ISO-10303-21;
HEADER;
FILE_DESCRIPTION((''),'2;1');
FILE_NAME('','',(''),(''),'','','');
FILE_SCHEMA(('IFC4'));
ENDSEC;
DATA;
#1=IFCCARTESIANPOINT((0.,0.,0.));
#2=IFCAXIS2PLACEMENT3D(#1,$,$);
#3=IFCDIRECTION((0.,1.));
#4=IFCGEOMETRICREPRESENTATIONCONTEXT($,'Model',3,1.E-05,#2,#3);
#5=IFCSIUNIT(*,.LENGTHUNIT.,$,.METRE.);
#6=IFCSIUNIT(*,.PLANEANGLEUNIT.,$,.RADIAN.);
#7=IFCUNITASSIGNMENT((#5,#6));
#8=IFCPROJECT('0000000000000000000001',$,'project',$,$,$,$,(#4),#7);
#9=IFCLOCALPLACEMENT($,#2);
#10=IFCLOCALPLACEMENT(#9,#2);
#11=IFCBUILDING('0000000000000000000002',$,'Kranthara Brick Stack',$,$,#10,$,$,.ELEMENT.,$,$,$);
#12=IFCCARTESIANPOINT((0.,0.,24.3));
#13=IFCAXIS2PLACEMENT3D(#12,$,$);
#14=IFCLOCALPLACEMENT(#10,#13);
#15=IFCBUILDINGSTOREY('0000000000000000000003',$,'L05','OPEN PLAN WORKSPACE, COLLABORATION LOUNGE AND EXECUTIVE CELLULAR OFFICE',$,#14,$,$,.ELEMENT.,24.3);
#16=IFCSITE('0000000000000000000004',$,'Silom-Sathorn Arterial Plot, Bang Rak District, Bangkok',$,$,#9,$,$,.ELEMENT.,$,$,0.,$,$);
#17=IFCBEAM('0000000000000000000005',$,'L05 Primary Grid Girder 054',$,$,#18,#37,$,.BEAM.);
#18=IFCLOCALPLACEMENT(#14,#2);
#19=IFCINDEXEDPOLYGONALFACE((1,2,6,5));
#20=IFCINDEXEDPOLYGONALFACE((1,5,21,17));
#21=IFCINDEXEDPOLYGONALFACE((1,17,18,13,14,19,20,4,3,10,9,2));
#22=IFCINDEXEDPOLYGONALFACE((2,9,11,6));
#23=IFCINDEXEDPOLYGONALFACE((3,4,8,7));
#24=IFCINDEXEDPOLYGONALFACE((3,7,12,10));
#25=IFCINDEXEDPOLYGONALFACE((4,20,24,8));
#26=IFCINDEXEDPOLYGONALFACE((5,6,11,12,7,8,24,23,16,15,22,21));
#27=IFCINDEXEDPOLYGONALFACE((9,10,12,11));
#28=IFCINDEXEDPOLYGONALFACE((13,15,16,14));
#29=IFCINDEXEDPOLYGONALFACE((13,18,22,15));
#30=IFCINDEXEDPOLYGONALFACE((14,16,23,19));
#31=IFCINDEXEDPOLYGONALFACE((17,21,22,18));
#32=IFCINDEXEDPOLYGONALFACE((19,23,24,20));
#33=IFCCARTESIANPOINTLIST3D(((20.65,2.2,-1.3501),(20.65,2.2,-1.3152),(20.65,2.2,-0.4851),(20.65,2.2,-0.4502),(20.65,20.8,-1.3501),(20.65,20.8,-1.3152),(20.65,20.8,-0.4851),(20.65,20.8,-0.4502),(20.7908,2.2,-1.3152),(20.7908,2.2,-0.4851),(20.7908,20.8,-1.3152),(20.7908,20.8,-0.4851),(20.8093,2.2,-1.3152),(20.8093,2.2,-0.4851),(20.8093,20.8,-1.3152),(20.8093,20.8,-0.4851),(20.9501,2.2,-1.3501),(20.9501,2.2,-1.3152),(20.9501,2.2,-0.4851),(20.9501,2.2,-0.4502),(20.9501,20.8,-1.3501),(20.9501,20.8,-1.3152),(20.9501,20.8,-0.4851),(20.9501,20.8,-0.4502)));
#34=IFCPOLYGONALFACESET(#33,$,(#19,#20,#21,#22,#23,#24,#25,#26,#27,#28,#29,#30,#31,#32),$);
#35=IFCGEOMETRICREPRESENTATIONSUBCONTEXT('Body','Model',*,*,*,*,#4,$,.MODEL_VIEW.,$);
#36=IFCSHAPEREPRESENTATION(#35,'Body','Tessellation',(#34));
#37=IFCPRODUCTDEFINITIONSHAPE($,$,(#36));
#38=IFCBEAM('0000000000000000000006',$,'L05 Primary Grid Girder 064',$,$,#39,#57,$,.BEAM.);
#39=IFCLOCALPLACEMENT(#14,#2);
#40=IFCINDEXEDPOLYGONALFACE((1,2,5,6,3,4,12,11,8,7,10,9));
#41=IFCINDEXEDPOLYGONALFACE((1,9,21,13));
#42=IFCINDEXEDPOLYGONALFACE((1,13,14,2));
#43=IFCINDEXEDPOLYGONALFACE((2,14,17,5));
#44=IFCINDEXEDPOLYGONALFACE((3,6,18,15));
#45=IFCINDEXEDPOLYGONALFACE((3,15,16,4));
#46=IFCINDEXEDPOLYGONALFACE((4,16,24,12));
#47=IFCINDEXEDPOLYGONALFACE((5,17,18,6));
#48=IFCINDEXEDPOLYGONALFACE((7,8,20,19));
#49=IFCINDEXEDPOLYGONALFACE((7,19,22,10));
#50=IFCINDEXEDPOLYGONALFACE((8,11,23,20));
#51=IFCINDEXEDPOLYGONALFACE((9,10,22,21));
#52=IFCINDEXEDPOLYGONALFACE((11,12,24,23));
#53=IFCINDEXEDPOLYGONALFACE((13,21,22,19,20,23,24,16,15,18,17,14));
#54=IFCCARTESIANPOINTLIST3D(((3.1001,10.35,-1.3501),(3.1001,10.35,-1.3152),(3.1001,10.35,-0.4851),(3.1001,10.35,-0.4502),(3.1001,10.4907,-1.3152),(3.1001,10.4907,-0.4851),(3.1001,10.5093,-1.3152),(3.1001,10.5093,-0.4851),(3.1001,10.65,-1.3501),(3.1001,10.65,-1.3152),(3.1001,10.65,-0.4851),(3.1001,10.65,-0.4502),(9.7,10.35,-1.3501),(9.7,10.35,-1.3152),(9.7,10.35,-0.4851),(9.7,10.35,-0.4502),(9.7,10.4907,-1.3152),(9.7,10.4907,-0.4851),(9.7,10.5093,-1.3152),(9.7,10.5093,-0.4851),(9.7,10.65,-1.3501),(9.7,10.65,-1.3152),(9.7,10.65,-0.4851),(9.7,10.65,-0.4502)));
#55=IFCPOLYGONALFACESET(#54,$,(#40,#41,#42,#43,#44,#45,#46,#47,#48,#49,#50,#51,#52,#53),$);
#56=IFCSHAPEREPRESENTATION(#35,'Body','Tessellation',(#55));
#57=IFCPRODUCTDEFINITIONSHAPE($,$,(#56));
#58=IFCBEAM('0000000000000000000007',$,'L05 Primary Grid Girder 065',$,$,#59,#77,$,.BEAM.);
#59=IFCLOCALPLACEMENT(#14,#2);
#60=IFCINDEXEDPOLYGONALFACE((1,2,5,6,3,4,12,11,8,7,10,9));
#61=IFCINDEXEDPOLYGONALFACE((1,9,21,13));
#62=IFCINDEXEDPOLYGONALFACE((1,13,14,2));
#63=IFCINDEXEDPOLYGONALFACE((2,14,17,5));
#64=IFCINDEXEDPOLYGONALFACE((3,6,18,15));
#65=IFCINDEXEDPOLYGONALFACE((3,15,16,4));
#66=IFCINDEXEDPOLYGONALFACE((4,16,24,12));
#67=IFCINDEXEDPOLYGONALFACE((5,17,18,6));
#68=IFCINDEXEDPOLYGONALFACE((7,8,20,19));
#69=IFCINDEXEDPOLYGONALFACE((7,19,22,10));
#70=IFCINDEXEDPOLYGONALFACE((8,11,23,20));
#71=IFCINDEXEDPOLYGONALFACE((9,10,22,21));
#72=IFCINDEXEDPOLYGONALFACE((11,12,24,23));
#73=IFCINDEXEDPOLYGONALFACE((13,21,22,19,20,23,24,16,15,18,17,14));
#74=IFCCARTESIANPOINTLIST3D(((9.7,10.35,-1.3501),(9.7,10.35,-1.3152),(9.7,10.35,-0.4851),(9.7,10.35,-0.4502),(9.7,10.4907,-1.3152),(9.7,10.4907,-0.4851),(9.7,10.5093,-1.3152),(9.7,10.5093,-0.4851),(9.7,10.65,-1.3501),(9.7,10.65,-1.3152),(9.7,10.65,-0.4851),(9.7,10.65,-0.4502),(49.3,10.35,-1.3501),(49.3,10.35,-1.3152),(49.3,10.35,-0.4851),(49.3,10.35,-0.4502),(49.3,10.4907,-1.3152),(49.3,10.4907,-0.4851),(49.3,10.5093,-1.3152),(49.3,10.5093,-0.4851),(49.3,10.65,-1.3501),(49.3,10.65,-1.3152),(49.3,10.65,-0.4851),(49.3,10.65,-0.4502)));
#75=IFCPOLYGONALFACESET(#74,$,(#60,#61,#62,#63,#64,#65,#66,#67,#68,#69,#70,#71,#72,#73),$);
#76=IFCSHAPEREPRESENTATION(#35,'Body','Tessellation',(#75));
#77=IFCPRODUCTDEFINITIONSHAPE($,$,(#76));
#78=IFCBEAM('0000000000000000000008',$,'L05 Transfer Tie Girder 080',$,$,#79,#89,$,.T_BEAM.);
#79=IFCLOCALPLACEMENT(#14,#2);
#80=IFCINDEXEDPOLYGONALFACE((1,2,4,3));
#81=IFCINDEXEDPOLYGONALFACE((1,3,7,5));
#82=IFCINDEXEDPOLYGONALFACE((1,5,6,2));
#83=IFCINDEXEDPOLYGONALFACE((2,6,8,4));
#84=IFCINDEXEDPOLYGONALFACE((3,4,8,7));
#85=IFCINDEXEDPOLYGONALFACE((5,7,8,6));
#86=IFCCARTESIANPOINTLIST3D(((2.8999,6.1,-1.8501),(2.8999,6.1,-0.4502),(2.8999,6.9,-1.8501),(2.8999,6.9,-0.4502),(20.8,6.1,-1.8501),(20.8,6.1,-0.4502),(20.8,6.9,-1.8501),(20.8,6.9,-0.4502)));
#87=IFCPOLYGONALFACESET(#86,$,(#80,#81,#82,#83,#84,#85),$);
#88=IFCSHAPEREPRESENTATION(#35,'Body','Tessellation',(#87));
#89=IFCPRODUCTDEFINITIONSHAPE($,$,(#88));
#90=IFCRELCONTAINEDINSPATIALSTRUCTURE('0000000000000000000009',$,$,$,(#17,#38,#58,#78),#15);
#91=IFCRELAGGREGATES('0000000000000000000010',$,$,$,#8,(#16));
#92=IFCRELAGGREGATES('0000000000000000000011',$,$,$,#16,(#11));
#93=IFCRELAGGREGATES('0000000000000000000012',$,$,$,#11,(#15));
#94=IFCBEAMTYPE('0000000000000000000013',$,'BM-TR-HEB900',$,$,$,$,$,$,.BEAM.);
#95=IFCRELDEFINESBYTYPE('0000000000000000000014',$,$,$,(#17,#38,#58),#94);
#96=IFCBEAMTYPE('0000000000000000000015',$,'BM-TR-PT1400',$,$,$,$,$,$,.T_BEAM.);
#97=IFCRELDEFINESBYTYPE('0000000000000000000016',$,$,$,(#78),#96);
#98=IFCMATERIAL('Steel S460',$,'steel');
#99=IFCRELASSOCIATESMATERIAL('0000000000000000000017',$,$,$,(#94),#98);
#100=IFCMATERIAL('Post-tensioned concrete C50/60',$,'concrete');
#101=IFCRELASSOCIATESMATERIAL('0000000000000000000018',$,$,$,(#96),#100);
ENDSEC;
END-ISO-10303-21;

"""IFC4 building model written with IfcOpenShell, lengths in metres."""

from ifc_helpers import new_model, si_unit, direction, frame, origin, origin_2d, place, context, subcontext, project, spatial, rectangle, i_section, extrude, material, material_profile, profile_set, type_object, element, save


model = new_model("IFC4")

# Units and contexts
model_context = context("Model", 3, precision=1e-05, world=origin(), true_north=direction((0.0, 1.0)))
body_context = subcontext(model_context, "Body", "Model", "MODEL_VIEW")
ifc_project = project(units=[si_unit("LENGTHUNIT", "METRE"), si_unit("PLANEANGLEUNIT", "RADIAN")], contexts=[model_context])

# Site, building, storey
site_placement = place(None, origin())
site = spatial("IfcSite", under=ifc_project, at=site_placement, Name="Silom-Sathorn Arterial Plot, Bang Rak District, Bangkok", CompositionType="ELEMENT", RefElevation=0.0)
building_placement = place(site_placement, origin())
building = spatial("IfcBuilding", under=site, at=building_placement, Name="Kranthara Brick Stack", CompositionType="ELEMENT")
storey_placement = place(building_placement, frame((0.0, 0.0, 24.3)))
storey = spatial("IfcBuildingStorey", under=building, at=storey_placement, Name="L05", Description="OPEN PLAN WORKSPACE, COLLABORATION LOUNGE AND EXECUTIVE CELLULAR OFFICE", CompositionType="ELEMENT", Elevation=24.3)

# Beams
ifc_material_1 = material(Name="Steel S460", Category="steel")
ifc_material_profile_1 = material_profile(ifc_material_1, i_section(OverallWidth=0.3, OverallDepth=0.8999, WebThickness=0.0186, FlangeThickness=0.0349, at=origin_2d()), Name="HEB 900")
ifc_profile_set_1 = profile_set([ifc_material_profile_1], Name="Steel S460")
beam_type_1 = type_object("IfcBeamType", Name="BM-TR-HEB900", PredefinedType="BEAM", material=ifc_profile_set_1)
for number, where, z_axis, x_axis, name in (
    (1, (20.8, 2.2, -0.9001), (0.0, 1.0, 0.0), (-1.0, 0.0, 0.0), "L05 Primary Grid Girder 054"),
):
    element("IfcBeam", number, at=place(storey_placement, frame(where, z_axis=z_axis, x_axis=x_axis)), inside=storey, type_object=beam_type_1, Name=name, PredefinedType="BEAM", context=body_context, shape_type="SweptSolid", body=[
        extrude(i_section(OverallWidth=0.3, OverallDepth=0.8999, WebThickness=0.0186, FlangeThickness=0.0349, at=origin_2d()), origin(), (0.0, 0.0, 1.0), 18.6001),
    ])
beam_1_placement = place(storey_placement, frame((3.1001, 10.5, -0.9001), z_axis=(1.0, 0.0, 0.0), x_axis=(0.0, 1.0, 0.0)))
element("IfcBeam", 2, at=beam_1_placement, inside=storey, type_object=beam_type_1, Name="L05 Primary Grid Girder 064", PredefinedType="BEAM", context=body_context, shape_type="SweptSolid", body=[
    extrude(i_section(OverallWidth=0.3, OverallDepth=0.8999, WebThickness=0.0186, FlangeThickness=0.0349, at=origin_2d()), origin(), (0.0, 0.0, 1.0), 6.5999),
])
beam_2_placement = place(storey_placement, frame((9.7, 10.5, -0.9001), z_axis=(1.0, 0.0, 0.0), x_axis=(0.0, 1.0, 0.0)))
element("IfcBeam", 3, at=beam_2_placement, inside=storey, type_object=beam_type_1, Name="L05 Primary Grid Girder 065", PredefinedType="BEAM", context=body_context, shape_type="SweptSolid", body=[
    extrude(i_section(OverallWidth=0.3, OverallDepth=0.8999, WebThickness=0.0186, FlangeThickness=0.0349, at=origin_2d()), origin(), (0.0, 0.0, 1.0), 39.6001),
])
ifc_material_2 = material(Name="Post-tensioned concrete C50/60", Category="concrete")
ifc_material_profile_2 = material_profile(ifc_material_2, rectangle(XDim=0.8, YDim=1.3999, at=origin_2d()), Name="PT 800x1400")
ifc_profile_set_2 = profile_set([ifc_material_profile_2], Name="Post-tensioned concrete C50/60")
beam_type_2 = type_object("IfcBeamType", Name="BM-TR-PT1400", PredefinedType="T_BEAM", material=ifc_profile_set_2)
beam_3_placement = place(storey_placement, frame((2.8999, 6.5, -1.1501), z_axis=(1.0, 0.0, 0.0), x_axis=(0.0, 1.0, 0.0)))
element("IfcBeam", 4, at=beam_3_placement, inside=storey, type_object=beam_type_2, Name="L05 Transfer Tie Girder 080", PredefinedType="T_BEAM", context=body_context, shape_type="SweptSolid", body=[
    extrude(rectangle(XDim=0.8, YDim=1.3999, at=origin_2d()), origin(), (0.0, 0.0, 1.0), 17.9001),
])

save(model, "model.ifc")
